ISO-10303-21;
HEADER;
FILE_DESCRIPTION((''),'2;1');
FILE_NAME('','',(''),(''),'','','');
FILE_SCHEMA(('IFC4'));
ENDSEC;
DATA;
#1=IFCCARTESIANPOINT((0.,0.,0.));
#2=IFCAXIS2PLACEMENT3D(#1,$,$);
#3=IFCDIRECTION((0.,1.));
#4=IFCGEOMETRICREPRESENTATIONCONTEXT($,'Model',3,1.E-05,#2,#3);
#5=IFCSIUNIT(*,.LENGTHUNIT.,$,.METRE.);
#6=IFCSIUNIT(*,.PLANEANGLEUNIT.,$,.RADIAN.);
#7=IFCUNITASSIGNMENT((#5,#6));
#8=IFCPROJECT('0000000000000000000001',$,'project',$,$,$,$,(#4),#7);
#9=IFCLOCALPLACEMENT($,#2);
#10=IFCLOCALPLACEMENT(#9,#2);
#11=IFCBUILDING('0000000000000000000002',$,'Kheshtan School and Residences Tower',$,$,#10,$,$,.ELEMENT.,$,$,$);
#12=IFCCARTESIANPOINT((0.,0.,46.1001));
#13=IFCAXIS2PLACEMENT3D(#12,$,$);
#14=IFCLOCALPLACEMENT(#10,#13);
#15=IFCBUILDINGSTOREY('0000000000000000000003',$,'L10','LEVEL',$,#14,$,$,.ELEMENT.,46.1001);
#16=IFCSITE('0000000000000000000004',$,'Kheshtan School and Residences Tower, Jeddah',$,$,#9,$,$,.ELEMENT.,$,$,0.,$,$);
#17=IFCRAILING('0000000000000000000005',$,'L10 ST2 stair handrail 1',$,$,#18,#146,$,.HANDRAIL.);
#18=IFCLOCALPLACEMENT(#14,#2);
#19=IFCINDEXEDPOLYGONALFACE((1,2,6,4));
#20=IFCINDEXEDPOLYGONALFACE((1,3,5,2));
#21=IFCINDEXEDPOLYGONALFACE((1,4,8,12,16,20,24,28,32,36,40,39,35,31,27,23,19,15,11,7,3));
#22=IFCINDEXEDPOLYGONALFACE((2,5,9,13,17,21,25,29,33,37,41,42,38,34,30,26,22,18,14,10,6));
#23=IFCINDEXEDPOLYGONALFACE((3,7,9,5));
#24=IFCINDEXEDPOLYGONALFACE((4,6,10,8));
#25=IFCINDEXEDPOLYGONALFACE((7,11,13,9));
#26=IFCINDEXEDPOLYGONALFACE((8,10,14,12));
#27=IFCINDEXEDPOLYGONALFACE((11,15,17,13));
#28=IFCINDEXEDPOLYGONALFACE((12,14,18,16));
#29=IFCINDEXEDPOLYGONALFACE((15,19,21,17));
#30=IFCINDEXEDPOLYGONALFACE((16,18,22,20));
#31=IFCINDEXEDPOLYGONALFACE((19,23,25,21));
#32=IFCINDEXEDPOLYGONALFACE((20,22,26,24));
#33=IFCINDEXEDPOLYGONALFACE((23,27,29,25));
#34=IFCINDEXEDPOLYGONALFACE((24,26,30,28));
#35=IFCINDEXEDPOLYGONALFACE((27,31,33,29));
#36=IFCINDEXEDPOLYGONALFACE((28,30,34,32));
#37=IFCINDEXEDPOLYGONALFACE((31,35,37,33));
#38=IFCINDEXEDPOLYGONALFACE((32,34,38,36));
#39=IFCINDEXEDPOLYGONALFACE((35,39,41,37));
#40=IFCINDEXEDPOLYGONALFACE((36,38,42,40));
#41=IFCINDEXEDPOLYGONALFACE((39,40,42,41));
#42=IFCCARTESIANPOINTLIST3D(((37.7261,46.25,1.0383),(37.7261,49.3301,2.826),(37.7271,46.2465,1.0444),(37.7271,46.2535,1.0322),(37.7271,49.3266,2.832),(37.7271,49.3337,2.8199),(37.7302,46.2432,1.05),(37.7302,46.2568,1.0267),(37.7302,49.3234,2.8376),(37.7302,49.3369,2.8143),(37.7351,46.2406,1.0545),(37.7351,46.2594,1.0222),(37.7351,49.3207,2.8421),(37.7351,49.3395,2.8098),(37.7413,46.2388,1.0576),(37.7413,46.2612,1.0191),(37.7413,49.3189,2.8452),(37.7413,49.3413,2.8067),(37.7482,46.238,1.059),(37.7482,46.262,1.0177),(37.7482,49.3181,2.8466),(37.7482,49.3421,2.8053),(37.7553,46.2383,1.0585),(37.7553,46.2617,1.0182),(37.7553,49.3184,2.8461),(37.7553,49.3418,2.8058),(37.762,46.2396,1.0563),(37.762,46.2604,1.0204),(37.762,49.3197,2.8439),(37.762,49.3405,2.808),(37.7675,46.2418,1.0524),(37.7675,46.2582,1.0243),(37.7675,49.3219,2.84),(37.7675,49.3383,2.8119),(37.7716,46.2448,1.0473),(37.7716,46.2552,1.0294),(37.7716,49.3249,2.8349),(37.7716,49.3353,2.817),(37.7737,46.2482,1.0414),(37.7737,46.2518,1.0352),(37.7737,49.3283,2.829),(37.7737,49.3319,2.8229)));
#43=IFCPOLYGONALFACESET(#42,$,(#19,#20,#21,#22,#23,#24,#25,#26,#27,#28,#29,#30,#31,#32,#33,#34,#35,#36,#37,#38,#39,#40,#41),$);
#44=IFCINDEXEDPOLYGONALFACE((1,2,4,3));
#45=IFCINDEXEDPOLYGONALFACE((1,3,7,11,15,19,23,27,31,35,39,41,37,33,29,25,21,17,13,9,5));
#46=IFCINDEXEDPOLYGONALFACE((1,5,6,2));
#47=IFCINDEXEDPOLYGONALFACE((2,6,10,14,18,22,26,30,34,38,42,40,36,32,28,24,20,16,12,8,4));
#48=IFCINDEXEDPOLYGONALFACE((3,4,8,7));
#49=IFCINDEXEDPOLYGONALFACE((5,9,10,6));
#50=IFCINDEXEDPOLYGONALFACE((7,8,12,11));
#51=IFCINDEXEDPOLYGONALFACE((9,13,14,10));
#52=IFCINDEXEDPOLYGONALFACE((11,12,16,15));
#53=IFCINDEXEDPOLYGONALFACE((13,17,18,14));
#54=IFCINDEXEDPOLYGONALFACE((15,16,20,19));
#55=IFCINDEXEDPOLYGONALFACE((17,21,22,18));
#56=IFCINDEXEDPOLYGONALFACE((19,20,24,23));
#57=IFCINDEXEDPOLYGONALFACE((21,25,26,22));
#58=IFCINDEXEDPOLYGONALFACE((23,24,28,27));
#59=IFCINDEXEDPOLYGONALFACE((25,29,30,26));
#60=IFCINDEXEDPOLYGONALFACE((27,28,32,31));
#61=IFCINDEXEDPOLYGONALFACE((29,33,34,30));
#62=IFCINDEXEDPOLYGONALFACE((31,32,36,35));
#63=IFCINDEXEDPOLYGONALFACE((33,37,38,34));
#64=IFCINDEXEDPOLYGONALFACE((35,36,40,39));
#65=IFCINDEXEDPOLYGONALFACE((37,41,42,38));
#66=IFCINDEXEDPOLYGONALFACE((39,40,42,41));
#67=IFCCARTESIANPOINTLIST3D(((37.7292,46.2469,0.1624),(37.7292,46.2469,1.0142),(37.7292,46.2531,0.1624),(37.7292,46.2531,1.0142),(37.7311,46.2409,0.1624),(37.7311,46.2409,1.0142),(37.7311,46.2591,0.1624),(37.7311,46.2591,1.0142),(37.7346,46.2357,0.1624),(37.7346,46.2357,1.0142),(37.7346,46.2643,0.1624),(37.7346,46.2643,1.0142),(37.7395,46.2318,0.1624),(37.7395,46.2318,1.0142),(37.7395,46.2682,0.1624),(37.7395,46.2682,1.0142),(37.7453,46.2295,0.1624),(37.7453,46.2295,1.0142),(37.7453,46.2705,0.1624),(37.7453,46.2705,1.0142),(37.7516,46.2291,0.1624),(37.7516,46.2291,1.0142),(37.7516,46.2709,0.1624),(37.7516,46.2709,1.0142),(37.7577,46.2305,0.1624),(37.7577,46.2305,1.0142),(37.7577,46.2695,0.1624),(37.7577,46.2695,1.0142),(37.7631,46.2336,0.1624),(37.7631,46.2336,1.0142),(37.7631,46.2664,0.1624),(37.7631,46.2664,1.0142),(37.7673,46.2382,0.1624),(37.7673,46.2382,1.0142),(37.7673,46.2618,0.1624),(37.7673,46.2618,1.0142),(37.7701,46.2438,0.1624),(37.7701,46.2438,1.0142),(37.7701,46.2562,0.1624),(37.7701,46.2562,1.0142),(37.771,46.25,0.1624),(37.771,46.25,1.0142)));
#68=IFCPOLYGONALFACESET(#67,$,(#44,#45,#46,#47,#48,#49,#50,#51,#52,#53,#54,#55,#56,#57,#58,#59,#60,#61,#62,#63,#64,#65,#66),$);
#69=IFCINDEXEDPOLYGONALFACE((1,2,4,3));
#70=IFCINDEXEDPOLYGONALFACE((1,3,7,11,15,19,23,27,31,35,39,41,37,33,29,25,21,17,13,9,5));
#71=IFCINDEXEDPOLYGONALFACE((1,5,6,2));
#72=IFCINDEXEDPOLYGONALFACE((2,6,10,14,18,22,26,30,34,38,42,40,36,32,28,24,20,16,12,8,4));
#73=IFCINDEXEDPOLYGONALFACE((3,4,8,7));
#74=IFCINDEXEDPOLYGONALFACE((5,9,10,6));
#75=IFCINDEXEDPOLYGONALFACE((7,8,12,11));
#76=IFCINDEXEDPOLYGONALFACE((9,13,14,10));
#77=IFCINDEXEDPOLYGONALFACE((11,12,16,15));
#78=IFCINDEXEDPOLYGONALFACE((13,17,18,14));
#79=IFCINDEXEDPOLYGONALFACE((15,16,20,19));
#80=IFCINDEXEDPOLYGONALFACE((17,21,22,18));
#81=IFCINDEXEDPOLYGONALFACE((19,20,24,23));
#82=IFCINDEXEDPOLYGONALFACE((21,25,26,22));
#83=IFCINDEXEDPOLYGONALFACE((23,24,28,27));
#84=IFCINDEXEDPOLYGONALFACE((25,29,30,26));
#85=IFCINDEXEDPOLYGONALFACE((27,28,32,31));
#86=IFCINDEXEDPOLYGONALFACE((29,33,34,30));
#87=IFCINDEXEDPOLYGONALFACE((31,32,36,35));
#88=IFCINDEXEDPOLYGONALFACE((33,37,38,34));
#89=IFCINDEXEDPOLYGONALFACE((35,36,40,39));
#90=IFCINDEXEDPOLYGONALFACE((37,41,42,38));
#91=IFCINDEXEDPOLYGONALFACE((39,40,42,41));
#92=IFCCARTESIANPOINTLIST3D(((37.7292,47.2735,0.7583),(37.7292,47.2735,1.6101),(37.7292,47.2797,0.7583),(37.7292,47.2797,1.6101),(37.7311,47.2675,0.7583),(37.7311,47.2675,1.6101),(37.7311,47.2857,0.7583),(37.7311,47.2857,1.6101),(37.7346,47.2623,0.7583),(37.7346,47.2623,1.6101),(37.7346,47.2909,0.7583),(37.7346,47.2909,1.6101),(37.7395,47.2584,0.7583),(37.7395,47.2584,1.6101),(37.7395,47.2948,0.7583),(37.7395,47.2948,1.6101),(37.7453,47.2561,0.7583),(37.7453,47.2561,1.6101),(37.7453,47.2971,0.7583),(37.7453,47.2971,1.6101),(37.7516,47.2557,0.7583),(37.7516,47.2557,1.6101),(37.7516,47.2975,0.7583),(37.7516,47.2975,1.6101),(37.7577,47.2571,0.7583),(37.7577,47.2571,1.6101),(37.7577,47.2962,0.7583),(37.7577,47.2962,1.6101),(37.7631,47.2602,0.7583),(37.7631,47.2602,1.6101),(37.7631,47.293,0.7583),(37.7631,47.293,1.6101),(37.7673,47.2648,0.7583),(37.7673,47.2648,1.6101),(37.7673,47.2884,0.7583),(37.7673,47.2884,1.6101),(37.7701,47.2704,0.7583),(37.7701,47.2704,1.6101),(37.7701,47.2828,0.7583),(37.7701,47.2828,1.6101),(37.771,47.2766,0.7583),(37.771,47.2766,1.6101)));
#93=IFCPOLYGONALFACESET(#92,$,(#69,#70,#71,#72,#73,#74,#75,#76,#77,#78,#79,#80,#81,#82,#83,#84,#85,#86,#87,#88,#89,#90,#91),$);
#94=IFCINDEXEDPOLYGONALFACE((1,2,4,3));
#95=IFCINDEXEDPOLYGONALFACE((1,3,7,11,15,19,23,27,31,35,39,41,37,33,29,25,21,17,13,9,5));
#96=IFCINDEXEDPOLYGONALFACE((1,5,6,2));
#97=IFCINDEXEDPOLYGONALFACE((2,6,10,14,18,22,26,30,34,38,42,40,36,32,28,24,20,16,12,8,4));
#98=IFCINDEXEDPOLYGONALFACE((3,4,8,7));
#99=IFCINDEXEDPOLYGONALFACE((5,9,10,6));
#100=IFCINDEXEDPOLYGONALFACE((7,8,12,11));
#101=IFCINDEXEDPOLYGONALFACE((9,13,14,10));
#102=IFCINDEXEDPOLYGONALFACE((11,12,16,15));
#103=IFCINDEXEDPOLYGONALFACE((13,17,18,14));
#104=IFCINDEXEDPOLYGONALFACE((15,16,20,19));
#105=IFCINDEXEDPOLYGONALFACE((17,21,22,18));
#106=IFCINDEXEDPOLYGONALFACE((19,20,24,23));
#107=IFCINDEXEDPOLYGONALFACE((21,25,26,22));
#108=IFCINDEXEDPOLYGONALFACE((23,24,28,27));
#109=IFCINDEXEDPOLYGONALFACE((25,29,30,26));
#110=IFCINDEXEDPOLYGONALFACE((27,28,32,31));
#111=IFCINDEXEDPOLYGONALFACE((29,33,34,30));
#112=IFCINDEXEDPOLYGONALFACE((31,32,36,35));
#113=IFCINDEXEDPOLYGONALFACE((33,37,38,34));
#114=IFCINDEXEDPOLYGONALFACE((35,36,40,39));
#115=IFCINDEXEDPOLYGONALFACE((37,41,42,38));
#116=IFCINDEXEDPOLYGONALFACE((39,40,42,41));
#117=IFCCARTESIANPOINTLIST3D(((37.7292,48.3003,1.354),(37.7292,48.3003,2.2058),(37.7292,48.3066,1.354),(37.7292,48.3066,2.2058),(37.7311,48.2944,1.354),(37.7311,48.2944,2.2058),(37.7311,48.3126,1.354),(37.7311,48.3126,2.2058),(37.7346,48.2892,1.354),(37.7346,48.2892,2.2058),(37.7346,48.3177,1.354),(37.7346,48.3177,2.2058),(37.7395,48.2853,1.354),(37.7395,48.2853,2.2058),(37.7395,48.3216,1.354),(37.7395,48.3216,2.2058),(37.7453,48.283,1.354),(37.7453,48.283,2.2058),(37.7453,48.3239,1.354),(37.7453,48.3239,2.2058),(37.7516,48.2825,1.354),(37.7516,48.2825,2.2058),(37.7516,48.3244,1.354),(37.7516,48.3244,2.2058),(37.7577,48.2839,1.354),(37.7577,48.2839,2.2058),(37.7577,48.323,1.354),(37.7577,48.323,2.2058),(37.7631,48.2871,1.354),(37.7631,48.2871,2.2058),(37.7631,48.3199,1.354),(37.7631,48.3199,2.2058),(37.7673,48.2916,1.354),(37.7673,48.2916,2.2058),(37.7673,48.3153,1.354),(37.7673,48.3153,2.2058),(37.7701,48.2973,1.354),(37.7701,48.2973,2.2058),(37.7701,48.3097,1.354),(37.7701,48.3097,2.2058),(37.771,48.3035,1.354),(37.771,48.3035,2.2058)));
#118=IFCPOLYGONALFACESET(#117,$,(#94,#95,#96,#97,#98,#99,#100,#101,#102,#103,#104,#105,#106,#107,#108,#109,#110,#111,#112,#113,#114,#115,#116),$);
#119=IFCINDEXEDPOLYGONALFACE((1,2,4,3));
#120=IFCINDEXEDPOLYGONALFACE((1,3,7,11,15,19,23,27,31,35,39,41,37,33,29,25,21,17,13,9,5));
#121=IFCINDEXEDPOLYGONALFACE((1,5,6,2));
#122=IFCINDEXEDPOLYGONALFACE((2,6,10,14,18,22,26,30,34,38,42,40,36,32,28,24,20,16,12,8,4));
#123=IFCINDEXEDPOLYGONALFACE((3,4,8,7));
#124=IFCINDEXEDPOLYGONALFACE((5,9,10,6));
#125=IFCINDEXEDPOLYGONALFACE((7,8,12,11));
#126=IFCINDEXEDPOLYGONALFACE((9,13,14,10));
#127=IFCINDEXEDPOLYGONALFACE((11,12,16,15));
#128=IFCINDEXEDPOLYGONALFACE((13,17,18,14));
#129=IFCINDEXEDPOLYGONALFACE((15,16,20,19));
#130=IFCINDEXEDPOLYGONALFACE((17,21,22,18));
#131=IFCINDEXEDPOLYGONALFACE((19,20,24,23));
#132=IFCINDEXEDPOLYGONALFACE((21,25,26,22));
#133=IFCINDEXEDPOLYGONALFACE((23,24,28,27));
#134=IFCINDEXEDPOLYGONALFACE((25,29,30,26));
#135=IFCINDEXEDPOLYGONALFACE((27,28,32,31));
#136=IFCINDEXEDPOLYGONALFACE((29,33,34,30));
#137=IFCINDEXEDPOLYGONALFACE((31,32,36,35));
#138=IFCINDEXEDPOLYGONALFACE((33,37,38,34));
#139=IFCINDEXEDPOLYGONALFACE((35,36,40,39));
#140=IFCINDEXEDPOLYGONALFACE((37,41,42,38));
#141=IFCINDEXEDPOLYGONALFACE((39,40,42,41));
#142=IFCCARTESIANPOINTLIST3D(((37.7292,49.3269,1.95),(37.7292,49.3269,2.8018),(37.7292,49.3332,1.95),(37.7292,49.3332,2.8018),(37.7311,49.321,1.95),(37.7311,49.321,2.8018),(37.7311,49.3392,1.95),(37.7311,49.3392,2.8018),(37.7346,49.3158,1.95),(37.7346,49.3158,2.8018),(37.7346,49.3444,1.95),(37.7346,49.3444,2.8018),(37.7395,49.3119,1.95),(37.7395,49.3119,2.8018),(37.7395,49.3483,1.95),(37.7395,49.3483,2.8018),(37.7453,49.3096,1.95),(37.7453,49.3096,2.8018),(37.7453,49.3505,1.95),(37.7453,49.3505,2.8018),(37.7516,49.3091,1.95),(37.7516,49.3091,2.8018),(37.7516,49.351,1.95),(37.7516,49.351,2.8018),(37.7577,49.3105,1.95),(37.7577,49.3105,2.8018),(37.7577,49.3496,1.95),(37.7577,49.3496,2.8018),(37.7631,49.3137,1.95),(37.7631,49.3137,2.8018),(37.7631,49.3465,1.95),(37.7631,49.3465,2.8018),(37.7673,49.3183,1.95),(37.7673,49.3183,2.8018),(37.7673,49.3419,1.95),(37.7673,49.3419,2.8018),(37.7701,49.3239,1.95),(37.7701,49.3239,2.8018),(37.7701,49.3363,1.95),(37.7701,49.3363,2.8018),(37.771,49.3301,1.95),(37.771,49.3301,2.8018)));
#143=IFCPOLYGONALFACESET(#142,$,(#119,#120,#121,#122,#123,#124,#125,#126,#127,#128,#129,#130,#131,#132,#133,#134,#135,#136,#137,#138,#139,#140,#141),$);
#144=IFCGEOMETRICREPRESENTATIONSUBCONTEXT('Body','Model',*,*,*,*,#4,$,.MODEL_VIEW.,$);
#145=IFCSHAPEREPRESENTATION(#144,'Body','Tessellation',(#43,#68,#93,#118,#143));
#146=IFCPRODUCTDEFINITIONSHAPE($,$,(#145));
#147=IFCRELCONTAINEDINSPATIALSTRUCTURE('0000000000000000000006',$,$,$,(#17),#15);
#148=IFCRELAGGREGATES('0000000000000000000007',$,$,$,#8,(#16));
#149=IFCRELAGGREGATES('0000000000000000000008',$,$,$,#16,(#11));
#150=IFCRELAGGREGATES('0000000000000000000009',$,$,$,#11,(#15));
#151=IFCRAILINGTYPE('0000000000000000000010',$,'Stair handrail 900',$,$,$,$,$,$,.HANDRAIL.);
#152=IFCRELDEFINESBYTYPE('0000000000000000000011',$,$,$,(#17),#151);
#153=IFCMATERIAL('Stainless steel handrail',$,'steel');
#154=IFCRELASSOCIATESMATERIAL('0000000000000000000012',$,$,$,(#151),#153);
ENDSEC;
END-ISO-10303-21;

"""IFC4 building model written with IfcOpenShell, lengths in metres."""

from ifc_helpers import new_model, si_unit, direction, frame, origin, origin_2d, place, context, subcontext, project, spatial, circle, extrude, material, type_object, element, save


model = new_model("IFC4")

# Units and contexts
model_context = context("Model", 3, precision=1e-05, world=origin(), true_north=direction((0.0, 1.0)))
body_context = subcontext(model_context, "Body", "Model", "MODEL_VIEW")
ifc_project = project(units=[si_unit("LENGTHUNIT", "METRE"), si_unit("PLANEANGLEUNIT", "RADIAN")], contexts=[model_context])

# Site, building, storey
site_placement = place(None, origin())
site = spatial("IfcSite", under=ifc_project, at=site_placement, Name="Kheshtan School and Residences Tower, Jeddah", CompositionType="ELEMENT", RefElevation=0.0)
building_placement = place(site_placement, origin())
building = spatial("IfcBuilding", under=site, at=building_placement, Name="Kheshtan School and Residences Tower", CompositionType="ELEMENT")
storey_placement = place(building_placement, frame((0.0, 0.0, 46.1001)))
storey = spatial("IfcBuildingStorey", under=building, at=storey_placement, Name="L10", Description="LEVEL", CompositionType="ELEMENT", Elevation=46.1001)

# Railing
ifc_material_1 = material(Name="Stainless steel handrail", Category="steel")
railing_type_1 = type_object("IfcRailingType", Name="Stair handrail 900", PredefinedType="HANDRAIL", material=ifc_material_1)
railing_1_placement = place(storey_placement, frame((37.75, 46.25, 0.1624)))
element("IfcRailing", 1, at=railing_1_placement, inside=storey, type_object=railing_type_1, Name="L10 ST2 stair handrail 1", PredefinedType="HANDRAIL", context=body_context, shape_type="SweptSolid", body=[
    extrude(circle(Radius=0.0239, at=origin_2d()), frame((0.0, 0.0, 0.876), z_axis=(0.0, 0.864891, 0.50196), x_axis=(-1.0, 0.0, 0.0)), (0.0, 0.0, 1.0), 3.5613),
    extrude(circle(Radius=0.021, at=origin_2d()), origin(), (0.0, 0.0, 1.0), 0.8518),
    extrude(circle(Radius=0.021, at=origin_2d()), frame((0.0, 1.0266, 0.5959)), (0.0, 0.0, 1.0), 0.8518),
    extrude(circle(Radius=0.021, at=origin_2d()), frame((0.0, 2.0535, 1.1917)), (0.0, 0.0, 1.0), 0.8518),
    extrude(circle(Radius=0.021, at=origin_2d()), frame((0.0, 3.0801, 1.7876)), (0.0, 0.0, 1.0), 0.8518),
])

save(model, "model.ifc")
